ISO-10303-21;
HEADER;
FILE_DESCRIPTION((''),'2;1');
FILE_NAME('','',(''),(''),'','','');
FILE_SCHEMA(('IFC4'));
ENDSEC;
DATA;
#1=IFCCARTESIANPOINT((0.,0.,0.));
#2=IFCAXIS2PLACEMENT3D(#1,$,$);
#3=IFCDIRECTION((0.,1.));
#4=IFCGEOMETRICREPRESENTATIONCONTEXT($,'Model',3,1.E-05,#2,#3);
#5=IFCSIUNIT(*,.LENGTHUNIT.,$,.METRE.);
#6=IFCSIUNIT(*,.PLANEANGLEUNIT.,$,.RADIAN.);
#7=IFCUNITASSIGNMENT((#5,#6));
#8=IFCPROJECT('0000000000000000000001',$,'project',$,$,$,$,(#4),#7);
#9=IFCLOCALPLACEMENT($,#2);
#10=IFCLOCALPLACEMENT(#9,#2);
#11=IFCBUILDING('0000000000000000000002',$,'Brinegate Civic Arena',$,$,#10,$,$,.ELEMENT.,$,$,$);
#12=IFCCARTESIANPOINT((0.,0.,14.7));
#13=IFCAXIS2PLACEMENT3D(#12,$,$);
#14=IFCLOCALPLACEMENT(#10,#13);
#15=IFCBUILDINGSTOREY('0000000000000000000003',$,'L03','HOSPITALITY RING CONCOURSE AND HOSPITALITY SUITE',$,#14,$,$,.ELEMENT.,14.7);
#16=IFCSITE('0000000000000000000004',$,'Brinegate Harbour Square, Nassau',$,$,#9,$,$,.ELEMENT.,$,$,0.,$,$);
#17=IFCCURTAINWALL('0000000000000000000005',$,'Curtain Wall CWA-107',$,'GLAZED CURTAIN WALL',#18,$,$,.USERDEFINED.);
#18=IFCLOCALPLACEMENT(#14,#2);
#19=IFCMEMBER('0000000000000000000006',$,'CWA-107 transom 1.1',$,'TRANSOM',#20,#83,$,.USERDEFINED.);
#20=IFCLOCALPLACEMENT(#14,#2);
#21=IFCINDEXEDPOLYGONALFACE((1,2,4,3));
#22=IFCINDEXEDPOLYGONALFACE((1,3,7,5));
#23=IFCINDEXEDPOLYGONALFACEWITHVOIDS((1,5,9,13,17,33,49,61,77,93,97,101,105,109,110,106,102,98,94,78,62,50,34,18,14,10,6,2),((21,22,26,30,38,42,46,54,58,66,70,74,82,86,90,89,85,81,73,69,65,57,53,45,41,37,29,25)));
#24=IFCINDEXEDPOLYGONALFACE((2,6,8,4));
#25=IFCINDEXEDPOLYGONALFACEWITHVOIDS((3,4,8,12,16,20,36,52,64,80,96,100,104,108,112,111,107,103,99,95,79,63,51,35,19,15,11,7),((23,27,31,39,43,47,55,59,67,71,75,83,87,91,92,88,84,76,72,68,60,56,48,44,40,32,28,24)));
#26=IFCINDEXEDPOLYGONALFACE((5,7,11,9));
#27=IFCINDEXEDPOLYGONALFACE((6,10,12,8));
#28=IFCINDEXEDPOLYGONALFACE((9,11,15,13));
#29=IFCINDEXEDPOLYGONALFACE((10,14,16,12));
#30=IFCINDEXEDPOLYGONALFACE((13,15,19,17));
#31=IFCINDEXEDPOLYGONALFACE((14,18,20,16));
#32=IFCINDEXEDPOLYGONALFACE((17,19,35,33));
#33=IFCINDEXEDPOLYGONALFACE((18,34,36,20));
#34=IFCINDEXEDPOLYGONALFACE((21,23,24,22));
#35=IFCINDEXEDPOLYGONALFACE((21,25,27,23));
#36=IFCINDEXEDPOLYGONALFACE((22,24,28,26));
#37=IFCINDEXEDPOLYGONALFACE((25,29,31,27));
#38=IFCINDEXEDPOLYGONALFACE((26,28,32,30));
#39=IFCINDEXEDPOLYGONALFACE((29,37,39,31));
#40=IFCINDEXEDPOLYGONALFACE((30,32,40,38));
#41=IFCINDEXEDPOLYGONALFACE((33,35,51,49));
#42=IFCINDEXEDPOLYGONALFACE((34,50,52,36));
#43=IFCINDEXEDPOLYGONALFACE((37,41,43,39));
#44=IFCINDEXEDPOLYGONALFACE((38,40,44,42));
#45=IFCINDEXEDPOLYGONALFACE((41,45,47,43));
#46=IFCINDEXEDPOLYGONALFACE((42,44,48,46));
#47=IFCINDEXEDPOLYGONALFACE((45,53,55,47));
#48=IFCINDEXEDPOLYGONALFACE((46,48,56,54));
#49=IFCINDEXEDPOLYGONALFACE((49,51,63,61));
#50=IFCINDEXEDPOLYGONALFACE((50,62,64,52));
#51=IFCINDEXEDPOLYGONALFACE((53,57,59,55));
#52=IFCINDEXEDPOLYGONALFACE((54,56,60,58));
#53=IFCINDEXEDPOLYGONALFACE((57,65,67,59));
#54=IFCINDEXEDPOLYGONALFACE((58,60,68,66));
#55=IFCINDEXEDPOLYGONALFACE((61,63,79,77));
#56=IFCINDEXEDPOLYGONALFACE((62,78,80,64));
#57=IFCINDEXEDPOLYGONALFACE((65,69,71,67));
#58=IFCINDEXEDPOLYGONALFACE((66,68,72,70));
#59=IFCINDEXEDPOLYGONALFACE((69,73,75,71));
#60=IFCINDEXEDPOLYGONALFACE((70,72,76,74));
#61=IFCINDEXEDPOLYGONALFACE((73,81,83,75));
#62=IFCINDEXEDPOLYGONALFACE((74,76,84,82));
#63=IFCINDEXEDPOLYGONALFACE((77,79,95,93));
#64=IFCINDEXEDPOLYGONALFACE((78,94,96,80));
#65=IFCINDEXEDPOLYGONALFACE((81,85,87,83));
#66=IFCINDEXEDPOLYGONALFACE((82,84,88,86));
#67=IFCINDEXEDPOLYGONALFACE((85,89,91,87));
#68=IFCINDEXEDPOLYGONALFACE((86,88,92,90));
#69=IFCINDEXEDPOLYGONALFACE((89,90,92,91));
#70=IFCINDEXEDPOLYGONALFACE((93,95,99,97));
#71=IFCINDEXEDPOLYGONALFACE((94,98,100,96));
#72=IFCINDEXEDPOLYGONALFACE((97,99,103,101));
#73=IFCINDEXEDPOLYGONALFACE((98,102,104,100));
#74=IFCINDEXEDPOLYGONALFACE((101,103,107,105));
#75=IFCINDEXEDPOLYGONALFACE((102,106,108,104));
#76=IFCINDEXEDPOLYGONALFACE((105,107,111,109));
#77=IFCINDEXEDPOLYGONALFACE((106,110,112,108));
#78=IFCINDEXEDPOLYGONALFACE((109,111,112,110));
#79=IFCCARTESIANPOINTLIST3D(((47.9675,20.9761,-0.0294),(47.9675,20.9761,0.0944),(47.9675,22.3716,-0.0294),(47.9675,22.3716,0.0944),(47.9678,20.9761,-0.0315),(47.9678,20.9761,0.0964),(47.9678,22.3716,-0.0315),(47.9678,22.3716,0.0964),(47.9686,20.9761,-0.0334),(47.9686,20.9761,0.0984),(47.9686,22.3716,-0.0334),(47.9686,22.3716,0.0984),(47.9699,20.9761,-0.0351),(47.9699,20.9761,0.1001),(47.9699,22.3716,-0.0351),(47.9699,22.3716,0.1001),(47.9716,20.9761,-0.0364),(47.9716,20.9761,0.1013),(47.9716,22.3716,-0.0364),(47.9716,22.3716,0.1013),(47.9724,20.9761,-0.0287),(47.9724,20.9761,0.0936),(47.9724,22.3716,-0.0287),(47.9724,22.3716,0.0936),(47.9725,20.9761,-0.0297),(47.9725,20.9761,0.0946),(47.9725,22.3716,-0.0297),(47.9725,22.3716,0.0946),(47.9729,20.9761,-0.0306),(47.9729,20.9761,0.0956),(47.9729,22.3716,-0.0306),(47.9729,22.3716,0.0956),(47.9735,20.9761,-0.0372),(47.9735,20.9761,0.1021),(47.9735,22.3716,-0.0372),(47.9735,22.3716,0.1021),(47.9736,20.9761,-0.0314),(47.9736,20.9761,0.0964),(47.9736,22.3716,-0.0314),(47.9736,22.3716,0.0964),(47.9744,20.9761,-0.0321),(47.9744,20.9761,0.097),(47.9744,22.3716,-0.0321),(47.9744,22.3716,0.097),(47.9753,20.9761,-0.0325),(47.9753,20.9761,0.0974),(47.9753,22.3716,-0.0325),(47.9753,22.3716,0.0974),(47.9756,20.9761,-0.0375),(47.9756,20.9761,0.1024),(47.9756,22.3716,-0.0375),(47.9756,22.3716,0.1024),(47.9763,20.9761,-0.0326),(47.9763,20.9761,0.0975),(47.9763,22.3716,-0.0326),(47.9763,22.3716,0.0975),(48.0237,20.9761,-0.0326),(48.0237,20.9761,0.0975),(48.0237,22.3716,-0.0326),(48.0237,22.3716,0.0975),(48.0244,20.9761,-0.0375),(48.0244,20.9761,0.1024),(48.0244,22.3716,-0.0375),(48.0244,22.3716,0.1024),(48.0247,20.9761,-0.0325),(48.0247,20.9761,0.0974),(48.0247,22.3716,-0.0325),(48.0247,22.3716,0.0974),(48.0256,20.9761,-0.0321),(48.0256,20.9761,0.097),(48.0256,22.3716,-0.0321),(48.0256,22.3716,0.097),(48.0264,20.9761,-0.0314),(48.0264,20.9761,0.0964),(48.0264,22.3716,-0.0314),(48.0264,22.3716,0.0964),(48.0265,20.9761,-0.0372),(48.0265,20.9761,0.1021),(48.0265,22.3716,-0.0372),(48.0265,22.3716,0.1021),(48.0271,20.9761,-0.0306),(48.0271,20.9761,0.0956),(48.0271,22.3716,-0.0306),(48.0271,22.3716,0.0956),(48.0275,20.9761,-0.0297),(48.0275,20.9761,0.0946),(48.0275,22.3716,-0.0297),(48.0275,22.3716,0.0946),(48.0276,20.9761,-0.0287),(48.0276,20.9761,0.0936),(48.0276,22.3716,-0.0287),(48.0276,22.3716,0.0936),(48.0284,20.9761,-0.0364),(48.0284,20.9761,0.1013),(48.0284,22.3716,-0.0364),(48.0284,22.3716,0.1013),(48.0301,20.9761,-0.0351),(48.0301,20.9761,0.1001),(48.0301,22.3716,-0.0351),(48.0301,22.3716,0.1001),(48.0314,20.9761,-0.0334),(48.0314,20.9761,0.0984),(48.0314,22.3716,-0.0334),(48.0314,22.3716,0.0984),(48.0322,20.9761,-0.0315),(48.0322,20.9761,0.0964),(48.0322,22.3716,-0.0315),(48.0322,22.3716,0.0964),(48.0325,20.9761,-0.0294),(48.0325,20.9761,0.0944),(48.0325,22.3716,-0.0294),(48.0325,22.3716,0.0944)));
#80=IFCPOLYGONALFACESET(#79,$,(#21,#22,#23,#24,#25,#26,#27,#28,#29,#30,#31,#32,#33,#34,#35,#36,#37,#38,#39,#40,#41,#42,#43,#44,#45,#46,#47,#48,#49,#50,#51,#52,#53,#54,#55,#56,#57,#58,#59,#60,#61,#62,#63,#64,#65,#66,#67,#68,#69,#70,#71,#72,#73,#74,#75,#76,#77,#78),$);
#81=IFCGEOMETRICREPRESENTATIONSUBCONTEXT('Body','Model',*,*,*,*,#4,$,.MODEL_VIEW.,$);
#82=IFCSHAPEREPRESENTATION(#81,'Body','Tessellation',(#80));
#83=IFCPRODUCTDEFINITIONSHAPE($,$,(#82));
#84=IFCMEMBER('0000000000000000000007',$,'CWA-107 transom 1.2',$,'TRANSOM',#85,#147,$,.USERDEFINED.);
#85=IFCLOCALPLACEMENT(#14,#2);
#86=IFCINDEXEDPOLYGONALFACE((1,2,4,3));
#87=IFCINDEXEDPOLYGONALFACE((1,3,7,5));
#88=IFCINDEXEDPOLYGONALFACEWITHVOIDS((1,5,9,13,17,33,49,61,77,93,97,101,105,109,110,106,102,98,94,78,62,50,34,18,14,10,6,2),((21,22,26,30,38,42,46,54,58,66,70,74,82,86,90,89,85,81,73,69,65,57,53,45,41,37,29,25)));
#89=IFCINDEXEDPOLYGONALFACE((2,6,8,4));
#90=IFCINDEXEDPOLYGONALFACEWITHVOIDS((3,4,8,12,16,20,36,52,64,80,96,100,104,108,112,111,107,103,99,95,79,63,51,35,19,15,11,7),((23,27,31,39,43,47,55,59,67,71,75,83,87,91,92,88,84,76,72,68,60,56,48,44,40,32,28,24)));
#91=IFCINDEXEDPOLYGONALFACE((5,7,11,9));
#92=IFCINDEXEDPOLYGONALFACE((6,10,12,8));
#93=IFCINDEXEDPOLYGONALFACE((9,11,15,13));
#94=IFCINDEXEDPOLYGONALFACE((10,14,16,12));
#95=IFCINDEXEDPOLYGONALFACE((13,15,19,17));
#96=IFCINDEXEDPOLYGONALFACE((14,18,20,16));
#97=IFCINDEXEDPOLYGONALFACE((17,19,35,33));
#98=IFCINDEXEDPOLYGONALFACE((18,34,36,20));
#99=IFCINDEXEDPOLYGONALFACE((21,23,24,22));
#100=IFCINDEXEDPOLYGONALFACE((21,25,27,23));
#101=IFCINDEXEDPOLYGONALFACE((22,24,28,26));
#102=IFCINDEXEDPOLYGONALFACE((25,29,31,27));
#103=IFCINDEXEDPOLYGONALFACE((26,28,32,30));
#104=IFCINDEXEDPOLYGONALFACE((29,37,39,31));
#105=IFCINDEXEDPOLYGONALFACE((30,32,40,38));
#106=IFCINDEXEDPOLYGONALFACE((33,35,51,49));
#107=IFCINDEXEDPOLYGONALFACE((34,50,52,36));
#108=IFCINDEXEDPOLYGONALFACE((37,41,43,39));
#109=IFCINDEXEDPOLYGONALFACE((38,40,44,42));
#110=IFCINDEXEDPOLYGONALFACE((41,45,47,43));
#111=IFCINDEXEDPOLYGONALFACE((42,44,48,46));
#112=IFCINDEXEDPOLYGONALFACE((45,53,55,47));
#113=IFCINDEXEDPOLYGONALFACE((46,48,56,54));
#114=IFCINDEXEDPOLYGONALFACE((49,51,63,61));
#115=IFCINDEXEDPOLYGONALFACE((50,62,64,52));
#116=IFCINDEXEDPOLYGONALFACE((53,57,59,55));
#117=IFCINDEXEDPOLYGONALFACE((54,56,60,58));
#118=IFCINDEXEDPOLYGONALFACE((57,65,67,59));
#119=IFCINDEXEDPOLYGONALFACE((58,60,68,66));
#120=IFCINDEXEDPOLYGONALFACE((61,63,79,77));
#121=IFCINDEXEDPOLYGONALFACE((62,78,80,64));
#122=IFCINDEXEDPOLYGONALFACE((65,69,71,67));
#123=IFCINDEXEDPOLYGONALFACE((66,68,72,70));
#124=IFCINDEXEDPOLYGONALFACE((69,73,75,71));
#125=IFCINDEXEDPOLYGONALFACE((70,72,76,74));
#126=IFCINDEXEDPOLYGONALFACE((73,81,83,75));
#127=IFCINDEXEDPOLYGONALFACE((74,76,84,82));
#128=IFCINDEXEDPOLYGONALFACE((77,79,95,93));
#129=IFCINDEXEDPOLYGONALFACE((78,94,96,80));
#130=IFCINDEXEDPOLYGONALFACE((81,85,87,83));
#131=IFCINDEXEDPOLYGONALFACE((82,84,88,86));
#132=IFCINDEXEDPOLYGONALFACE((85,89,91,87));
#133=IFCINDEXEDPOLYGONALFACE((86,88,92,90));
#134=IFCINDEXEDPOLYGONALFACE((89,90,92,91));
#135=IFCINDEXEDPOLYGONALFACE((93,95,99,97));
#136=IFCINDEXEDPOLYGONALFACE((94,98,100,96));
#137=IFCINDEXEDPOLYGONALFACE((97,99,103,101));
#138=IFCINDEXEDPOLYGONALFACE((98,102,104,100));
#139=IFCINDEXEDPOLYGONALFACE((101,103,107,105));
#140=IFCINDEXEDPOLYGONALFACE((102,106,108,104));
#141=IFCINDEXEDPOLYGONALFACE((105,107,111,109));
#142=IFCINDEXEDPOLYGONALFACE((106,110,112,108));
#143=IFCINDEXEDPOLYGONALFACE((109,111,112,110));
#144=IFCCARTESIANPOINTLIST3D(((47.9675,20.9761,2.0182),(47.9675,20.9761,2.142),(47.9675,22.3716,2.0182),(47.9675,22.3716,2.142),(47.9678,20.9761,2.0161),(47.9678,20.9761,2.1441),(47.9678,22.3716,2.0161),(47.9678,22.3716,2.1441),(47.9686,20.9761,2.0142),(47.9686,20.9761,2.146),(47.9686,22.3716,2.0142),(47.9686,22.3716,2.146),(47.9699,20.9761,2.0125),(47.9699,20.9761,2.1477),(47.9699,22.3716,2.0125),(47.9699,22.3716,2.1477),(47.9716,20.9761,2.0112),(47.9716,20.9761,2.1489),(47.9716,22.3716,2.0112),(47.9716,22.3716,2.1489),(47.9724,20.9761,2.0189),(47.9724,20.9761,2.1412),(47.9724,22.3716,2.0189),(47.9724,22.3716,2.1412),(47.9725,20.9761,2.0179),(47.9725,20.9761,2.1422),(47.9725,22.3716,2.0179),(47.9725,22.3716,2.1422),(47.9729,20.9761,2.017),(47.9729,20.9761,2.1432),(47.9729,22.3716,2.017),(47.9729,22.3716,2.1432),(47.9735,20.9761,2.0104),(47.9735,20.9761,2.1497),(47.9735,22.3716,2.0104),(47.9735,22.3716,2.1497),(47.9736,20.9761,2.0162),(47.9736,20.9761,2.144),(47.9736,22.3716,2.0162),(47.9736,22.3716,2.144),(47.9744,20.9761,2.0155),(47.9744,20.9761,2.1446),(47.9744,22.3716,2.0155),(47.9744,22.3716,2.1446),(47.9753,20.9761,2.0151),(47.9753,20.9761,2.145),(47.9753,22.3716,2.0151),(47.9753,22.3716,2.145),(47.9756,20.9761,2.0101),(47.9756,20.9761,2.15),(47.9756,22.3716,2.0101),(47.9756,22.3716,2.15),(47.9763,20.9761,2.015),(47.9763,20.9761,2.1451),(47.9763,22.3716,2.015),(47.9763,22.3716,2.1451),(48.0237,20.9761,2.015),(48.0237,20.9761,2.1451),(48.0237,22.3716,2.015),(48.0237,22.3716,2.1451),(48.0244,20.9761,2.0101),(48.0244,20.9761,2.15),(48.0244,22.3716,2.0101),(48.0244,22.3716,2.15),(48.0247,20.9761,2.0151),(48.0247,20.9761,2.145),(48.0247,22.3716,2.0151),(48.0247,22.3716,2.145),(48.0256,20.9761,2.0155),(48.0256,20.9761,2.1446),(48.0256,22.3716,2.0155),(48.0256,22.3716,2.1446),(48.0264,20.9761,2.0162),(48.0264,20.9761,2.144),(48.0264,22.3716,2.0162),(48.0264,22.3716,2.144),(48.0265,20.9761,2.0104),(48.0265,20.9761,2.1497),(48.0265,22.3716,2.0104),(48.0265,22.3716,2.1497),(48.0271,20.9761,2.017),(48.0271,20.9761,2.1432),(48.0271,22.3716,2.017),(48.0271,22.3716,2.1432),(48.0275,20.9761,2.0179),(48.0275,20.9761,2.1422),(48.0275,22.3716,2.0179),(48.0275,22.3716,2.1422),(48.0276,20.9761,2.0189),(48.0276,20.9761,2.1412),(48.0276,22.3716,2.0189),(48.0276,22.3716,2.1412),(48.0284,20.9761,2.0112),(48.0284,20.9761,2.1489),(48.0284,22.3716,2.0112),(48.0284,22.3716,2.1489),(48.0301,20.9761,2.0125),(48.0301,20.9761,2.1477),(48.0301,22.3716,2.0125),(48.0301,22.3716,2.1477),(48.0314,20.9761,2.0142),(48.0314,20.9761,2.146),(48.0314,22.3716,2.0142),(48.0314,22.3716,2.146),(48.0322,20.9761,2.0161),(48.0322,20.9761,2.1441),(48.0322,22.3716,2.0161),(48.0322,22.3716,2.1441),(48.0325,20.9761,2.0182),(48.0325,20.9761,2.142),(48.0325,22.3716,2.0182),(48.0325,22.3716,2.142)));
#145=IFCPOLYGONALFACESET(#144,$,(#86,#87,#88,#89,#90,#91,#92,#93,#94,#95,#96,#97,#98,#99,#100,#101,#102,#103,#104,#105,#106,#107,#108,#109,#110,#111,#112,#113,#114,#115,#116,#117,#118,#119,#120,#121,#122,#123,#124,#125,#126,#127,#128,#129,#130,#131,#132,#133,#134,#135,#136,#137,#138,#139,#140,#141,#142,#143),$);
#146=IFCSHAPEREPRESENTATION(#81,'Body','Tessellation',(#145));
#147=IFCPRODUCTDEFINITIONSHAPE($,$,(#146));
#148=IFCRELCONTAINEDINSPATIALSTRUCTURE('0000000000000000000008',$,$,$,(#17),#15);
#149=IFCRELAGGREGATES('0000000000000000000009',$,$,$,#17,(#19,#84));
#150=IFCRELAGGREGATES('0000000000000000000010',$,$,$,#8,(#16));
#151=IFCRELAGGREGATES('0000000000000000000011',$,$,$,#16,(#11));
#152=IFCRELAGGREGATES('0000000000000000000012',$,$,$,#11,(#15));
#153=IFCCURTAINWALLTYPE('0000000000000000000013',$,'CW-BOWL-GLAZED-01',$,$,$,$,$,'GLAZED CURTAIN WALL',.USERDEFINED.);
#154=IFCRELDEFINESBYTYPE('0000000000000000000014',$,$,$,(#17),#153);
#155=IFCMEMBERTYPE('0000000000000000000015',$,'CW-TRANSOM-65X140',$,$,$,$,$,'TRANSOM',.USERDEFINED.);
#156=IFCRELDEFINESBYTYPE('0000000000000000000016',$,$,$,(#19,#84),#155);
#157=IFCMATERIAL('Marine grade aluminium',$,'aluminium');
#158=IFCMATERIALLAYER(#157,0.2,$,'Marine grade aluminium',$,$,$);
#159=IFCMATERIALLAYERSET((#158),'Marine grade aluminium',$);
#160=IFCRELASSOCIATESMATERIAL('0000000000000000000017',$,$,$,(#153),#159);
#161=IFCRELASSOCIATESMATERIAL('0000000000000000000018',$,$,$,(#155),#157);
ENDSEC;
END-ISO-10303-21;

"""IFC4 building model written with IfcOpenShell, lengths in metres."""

from ifc_helpers import new_model, si_unit, direction, frame, origin, origin_2d, place, context, subcontext, project, spatial, hollow_rectangle, extrude, material, layer, layer_set, material_profile, profile_set, type_object, element, aggregate, save


model = new_model("IFC4")

# Units and contexts
model_context = context("Model", 3, precision=1e-05, world=origin(), true_north=direction((0.0, 1.0)))
body_context = subcontext(model_context, "Body", "Model", "MODEL_VIEW")
ifc_project = project(units=[si_unit("LENGTHUNIT", "METRE"), si_unit("PLANEANGLEUNIT", "RADIAN")], contexts=[model_context])

# Site, building, storey
site_placement = place(None, origin())
site = spatial("IfcSite", under=ifc_project, at=site_placement, Name="Brinegate Harbour Square, Nassau", CompositionType="ELEMENT", RefElevation=0.0)
building_placement = place(site_placement, origin())
building = spatial("IfcBuilding", under=site, at=building_placement, Name="Brinegate Civic Arena", CompositionType="ELEMENT")
storey_placement = place(building_placement, frame((0.0, 0.0, 14.7)))
storey = spatial("IfcBuildingStorey", under=building, at=storey_placement, Name="L03", Description="HOSPITALITY RING CONCOURSE AND HOSPITALITY SUITE", CompositionType="ELEMENT", Elevation=14.7)

# Curtain wall, members
ifc_material_1 = material(Name="Marine grade aluminium", Category="aluminium")
ifc_layer_1 = layer(ifc_material_1, 0.2, Name="Marine grade aluminium")
ifc_layer_set_1 = layer_set([ifc_layer_1], Name="Marine grade aluminium")
curtain_wall_type = type_object("IfcCurtainWallType", Name="CW-BOWL-GLAZED-01", ElementType="GLAZED CURTAIN WALL", PredefinedType="USERDEFINED", material=ifc_layer_set_1)
curtain_wall_1_placement = place(storey_placement, origin())
curtain_wall_1 = element("IfcCurtainWall", 1, at=curtain_wall_1_placement, inside=storey, type_object=curtain_wall_type, Name="Curtain Wall CWA-107", ObjectType="GLAZED CURTAIN WALL", PredefinedType="USERDEFINED")
ifc_material_profile_1 = material_profile(ifc_material_1, hollow_rectangle(XDim=0.0649, YDim=0.1399, WallThickness=0.0049, InnerFilletRadius=0.0039, OuterFilletRadius=0.0081, at=origin_2d()), Name="TRN65X140")
ifc_profile_set_1 = profile_set([ifc_material_profile_1], Name="Marine grade aluminium")
member_type_1 = type_object("IfcMemberType", Name="CW-TRANSOM-65X140", ElementType="TRANSOM", PredefinedType="USERDEFINED", material=ifc_profile_set_1)
member_1_placement = place(storey_placement, frame((48.0, 20.9761, 0.0325), z_axis=(0.0, 1.0, 0.0), x_axis=(-1.0, 0.0, 0.0)))
member_1 = element("IfcMember", 2, at=member_1_placement, type_object=member_type_1, Name="CWA-107 transom 1.1", ObjectType="TRANSOM", PredefinedType="USERDEFINED", context=body_context, shape_type="SweptSolid", body=[
    extrude(hollow_rectangle(XDim=0.0649, YDim=0.1399, WallThickness=0.0049, InnerFilletRadius=0.0039, OuterFilletRadius=0.0081, at=origin_2d()), origin(), (0.0, 0.0, 1.0), 1.3955),
])
member_2_placement = place(storey_placement, frame((48.0, 20.9761, 2.0801), z_axis=(0.0, 1.0, 0.0), x_axis=(-1.0, 0.0, 0.0)))
member_2 = element("IfcMember", 3, at=member_2_placement, type_object=member_type_1, Name="CWA-107 transom 1.2", ObjectType="TRANSOM", PredefinedType="USERDEFINED", context=body_context, shape_type="SweptSolid", body=[
    extrude(hollow_rectangle(XDim=0.0649, YDim=0.1399, WallThickness=0.0049, InnerFilletRadius=0.0039, OuterFilletRadius=0.0081, at=origin_2d()), origin(), (0.0, 0.0, 1.0), 1.3955),
])

aggregate(curtain_wall_1, [member_1, member_2])

save(model, "model.ifc")
